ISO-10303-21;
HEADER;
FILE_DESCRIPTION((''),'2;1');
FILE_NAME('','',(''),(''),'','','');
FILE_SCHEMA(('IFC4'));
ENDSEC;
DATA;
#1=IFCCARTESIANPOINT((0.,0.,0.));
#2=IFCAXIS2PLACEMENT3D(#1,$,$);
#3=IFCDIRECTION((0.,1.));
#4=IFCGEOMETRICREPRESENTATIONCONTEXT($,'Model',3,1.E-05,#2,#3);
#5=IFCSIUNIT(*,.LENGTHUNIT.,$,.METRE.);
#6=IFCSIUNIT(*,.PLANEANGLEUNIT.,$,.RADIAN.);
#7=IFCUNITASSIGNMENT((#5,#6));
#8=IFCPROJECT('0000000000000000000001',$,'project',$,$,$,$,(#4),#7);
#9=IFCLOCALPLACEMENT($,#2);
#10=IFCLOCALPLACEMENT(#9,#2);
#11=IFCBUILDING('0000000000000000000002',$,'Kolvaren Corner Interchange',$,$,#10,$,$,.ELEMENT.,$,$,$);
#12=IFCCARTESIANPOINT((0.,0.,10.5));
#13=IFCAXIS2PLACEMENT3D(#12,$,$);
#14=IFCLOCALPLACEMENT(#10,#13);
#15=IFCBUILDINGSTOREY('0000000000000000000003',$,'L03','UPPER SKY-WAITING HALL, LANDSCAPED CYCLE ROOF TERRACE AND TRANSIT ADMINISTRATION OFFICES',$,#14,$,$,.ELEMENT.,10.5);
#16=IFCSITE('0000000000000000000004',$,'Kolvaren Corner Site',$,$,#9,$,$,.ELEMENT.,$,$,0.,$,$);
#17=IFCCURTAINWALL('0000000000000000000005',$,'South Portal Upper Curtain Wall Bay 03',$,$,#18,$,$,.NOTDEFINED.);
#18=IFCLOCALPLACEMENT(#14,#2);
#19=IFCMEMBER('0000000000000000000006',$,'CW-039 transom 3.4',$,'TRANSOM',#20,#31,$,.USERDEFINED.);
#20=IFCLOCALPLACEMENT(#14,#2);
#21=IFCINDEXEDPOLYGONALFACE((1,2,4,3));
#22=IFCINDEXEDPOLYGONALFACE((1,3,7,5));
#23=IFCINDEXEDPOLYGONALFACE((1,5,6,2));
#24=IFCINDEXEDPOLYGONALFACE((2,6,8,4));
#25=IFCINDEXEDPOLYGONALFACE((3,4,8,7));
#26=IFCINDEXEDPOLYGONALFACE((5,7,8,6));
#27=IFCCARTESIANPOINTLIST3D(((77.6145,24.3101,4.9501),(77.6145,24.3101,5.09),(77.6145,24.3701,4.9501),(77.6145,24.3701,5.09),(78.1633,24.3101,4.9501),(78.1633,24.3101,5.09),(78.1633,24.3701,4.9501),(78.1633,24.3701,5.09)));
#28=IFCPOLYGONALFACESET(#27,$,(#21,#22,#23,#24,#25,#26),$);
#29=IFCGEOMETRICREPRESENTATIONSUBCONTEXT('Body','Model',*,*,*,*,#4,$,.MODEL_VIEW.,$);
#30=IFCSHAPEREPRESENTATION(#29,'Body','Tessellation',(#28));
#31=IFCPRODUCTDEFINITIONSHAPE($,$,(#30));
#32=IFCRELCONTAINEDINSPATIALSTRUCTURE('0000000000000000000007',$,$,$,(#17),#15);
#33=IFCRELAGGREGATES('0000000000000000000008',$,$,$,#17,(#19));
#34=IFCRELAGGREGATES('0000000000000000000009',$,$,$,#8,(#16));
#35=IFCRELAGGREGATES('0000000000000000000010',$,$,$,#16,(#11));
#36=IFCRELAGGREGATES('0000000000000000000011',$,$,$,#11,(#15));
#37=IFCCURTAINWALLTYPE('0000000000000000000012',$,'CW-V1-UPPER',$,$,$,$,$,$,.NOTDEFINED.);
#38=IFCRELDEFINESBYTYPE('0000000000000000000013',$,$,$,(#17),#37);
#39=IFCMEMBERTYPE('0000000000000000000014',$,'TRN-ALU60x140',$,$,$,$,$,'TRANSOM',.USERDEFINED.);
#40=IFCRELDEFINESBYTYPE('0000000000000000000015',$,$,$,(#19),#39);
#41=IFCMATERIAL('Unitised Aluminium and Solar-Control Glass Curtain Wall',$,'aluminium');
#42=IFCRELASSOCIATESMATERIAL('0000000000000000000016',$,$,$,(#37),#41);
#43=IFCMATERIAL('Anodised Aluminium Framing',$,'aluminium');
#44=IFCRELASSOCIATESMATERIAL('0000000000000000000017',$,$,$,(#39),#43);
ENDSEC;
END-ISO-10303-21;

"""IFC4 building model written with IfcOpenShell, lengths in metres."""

from ifc_helpers import new_model, si_unit, direction, frame, origin, origin_2d, place, context, subcontext, project, spatial, rectangle, extrude, material, material_profile, profile_set, type_object, element, aggregate, save


model = new_model("IFC4")

# Units and contexts
model_context = context("Model", 3, precision=1e-05, world=origin(), true_north=direction((0.0, 1.0)))
body_context = subcontext(model_context, "Body", "Model", "MODEL_VIEW")
ifc_project = project(units=[si_unit("LENGTHUNIT", "METRE"), si_unit("PLANEANGLEUNIT", "RADIAN")], contexts=[model_context])

# Site, building, storey
site_placement = place(None, origin())
site = spatial("IfcSite", under=ifc_project, at=site_placement, Name="Kolvaren Corner Site", CompositionType="ELEMENT", RefElevation=0.0)
building_placement = place(site_placement, origin())
building = spatial("IfcBuilding", under=site, at=building_placement, Name="Kolvaren Corner Interchange", CompositionType="ELEMENT")
storey_placement = place(building_placement, frame((0.0, 0.0, 10.5)))
storey = spatial("IfcBuildingStorey", under=building, at=storey_placement, Name="L03", Description="UPPER SKY-WAITING HALL, LANDSCAPED CYCLE ROOF TERRACE AND TRANSIT ADMINISTRATION OFFICES", CompositionType="ELEMENT", Elevation=10.5)

# Curtain wall, member
ifc_material_1 = material(Name="Unitised Aluminium and Solar-Control Glass Curtain Wall", Category="aluminium")
curtain_wall_type = type_object("IfcCurtainWallType", Name="CW-V1-UPPER", PredefinedType="NOTDEFINED", material=ifc_material_1)
curtain_wall_placement = place(storey_placement, origin())
curtain_wall = element("IfcCurtainWall", 1, at=curtain_wall_placement, inside=storey, type_object=curtain_wall_type, Name="South Portal Upper Curtain Wall Bay 03", PredefinedType="NOTDEFINED")
ifc_material_2 = material(Name="Anodised Aluminium Framing", Category="aluminium")
ifc_material_profile_1 = material_profile(ifc_material_2, rectangle(XDim=0.0601, YDim=0.1399, at=origin_2d()), Name="ALU 60x140")
ifc_profile_set_1 = profile_set([ifc_material_profile_1], Name="Anodised Aluminium Framing")
member_type_1 = type_object("IfcMemberType", Name="TRN-ALU60x140", ElementType="TRANSOM", PredefinedType="USERDEFINED", material=ifc_profile_set_1)
member_1_placement = place(storey_placement, frame((77.6145, 24.3401, 5.02), z_axis=(1.0, 0.0, 0.0), x_axis=(0.0, 1.0, 0.0)))
member_1 = element("IfcMember", 2, at=member_1_placement, type_object=member_type_1, Name="CW-039 transom 3.4", ObjectType="TRANSOM", PredefinedType="USERDEFINED", context=body_context, shape_type="SweptSolid", body=[
    extrude(rectangle(XDim=0.0601, YDim=0.1399, at=origin_2d()), origin(), (0.0, 0.0, 1.0), 0.5488),
])
aggregate(curtain_wall, [member_1])

save(model, "model.ifc")
